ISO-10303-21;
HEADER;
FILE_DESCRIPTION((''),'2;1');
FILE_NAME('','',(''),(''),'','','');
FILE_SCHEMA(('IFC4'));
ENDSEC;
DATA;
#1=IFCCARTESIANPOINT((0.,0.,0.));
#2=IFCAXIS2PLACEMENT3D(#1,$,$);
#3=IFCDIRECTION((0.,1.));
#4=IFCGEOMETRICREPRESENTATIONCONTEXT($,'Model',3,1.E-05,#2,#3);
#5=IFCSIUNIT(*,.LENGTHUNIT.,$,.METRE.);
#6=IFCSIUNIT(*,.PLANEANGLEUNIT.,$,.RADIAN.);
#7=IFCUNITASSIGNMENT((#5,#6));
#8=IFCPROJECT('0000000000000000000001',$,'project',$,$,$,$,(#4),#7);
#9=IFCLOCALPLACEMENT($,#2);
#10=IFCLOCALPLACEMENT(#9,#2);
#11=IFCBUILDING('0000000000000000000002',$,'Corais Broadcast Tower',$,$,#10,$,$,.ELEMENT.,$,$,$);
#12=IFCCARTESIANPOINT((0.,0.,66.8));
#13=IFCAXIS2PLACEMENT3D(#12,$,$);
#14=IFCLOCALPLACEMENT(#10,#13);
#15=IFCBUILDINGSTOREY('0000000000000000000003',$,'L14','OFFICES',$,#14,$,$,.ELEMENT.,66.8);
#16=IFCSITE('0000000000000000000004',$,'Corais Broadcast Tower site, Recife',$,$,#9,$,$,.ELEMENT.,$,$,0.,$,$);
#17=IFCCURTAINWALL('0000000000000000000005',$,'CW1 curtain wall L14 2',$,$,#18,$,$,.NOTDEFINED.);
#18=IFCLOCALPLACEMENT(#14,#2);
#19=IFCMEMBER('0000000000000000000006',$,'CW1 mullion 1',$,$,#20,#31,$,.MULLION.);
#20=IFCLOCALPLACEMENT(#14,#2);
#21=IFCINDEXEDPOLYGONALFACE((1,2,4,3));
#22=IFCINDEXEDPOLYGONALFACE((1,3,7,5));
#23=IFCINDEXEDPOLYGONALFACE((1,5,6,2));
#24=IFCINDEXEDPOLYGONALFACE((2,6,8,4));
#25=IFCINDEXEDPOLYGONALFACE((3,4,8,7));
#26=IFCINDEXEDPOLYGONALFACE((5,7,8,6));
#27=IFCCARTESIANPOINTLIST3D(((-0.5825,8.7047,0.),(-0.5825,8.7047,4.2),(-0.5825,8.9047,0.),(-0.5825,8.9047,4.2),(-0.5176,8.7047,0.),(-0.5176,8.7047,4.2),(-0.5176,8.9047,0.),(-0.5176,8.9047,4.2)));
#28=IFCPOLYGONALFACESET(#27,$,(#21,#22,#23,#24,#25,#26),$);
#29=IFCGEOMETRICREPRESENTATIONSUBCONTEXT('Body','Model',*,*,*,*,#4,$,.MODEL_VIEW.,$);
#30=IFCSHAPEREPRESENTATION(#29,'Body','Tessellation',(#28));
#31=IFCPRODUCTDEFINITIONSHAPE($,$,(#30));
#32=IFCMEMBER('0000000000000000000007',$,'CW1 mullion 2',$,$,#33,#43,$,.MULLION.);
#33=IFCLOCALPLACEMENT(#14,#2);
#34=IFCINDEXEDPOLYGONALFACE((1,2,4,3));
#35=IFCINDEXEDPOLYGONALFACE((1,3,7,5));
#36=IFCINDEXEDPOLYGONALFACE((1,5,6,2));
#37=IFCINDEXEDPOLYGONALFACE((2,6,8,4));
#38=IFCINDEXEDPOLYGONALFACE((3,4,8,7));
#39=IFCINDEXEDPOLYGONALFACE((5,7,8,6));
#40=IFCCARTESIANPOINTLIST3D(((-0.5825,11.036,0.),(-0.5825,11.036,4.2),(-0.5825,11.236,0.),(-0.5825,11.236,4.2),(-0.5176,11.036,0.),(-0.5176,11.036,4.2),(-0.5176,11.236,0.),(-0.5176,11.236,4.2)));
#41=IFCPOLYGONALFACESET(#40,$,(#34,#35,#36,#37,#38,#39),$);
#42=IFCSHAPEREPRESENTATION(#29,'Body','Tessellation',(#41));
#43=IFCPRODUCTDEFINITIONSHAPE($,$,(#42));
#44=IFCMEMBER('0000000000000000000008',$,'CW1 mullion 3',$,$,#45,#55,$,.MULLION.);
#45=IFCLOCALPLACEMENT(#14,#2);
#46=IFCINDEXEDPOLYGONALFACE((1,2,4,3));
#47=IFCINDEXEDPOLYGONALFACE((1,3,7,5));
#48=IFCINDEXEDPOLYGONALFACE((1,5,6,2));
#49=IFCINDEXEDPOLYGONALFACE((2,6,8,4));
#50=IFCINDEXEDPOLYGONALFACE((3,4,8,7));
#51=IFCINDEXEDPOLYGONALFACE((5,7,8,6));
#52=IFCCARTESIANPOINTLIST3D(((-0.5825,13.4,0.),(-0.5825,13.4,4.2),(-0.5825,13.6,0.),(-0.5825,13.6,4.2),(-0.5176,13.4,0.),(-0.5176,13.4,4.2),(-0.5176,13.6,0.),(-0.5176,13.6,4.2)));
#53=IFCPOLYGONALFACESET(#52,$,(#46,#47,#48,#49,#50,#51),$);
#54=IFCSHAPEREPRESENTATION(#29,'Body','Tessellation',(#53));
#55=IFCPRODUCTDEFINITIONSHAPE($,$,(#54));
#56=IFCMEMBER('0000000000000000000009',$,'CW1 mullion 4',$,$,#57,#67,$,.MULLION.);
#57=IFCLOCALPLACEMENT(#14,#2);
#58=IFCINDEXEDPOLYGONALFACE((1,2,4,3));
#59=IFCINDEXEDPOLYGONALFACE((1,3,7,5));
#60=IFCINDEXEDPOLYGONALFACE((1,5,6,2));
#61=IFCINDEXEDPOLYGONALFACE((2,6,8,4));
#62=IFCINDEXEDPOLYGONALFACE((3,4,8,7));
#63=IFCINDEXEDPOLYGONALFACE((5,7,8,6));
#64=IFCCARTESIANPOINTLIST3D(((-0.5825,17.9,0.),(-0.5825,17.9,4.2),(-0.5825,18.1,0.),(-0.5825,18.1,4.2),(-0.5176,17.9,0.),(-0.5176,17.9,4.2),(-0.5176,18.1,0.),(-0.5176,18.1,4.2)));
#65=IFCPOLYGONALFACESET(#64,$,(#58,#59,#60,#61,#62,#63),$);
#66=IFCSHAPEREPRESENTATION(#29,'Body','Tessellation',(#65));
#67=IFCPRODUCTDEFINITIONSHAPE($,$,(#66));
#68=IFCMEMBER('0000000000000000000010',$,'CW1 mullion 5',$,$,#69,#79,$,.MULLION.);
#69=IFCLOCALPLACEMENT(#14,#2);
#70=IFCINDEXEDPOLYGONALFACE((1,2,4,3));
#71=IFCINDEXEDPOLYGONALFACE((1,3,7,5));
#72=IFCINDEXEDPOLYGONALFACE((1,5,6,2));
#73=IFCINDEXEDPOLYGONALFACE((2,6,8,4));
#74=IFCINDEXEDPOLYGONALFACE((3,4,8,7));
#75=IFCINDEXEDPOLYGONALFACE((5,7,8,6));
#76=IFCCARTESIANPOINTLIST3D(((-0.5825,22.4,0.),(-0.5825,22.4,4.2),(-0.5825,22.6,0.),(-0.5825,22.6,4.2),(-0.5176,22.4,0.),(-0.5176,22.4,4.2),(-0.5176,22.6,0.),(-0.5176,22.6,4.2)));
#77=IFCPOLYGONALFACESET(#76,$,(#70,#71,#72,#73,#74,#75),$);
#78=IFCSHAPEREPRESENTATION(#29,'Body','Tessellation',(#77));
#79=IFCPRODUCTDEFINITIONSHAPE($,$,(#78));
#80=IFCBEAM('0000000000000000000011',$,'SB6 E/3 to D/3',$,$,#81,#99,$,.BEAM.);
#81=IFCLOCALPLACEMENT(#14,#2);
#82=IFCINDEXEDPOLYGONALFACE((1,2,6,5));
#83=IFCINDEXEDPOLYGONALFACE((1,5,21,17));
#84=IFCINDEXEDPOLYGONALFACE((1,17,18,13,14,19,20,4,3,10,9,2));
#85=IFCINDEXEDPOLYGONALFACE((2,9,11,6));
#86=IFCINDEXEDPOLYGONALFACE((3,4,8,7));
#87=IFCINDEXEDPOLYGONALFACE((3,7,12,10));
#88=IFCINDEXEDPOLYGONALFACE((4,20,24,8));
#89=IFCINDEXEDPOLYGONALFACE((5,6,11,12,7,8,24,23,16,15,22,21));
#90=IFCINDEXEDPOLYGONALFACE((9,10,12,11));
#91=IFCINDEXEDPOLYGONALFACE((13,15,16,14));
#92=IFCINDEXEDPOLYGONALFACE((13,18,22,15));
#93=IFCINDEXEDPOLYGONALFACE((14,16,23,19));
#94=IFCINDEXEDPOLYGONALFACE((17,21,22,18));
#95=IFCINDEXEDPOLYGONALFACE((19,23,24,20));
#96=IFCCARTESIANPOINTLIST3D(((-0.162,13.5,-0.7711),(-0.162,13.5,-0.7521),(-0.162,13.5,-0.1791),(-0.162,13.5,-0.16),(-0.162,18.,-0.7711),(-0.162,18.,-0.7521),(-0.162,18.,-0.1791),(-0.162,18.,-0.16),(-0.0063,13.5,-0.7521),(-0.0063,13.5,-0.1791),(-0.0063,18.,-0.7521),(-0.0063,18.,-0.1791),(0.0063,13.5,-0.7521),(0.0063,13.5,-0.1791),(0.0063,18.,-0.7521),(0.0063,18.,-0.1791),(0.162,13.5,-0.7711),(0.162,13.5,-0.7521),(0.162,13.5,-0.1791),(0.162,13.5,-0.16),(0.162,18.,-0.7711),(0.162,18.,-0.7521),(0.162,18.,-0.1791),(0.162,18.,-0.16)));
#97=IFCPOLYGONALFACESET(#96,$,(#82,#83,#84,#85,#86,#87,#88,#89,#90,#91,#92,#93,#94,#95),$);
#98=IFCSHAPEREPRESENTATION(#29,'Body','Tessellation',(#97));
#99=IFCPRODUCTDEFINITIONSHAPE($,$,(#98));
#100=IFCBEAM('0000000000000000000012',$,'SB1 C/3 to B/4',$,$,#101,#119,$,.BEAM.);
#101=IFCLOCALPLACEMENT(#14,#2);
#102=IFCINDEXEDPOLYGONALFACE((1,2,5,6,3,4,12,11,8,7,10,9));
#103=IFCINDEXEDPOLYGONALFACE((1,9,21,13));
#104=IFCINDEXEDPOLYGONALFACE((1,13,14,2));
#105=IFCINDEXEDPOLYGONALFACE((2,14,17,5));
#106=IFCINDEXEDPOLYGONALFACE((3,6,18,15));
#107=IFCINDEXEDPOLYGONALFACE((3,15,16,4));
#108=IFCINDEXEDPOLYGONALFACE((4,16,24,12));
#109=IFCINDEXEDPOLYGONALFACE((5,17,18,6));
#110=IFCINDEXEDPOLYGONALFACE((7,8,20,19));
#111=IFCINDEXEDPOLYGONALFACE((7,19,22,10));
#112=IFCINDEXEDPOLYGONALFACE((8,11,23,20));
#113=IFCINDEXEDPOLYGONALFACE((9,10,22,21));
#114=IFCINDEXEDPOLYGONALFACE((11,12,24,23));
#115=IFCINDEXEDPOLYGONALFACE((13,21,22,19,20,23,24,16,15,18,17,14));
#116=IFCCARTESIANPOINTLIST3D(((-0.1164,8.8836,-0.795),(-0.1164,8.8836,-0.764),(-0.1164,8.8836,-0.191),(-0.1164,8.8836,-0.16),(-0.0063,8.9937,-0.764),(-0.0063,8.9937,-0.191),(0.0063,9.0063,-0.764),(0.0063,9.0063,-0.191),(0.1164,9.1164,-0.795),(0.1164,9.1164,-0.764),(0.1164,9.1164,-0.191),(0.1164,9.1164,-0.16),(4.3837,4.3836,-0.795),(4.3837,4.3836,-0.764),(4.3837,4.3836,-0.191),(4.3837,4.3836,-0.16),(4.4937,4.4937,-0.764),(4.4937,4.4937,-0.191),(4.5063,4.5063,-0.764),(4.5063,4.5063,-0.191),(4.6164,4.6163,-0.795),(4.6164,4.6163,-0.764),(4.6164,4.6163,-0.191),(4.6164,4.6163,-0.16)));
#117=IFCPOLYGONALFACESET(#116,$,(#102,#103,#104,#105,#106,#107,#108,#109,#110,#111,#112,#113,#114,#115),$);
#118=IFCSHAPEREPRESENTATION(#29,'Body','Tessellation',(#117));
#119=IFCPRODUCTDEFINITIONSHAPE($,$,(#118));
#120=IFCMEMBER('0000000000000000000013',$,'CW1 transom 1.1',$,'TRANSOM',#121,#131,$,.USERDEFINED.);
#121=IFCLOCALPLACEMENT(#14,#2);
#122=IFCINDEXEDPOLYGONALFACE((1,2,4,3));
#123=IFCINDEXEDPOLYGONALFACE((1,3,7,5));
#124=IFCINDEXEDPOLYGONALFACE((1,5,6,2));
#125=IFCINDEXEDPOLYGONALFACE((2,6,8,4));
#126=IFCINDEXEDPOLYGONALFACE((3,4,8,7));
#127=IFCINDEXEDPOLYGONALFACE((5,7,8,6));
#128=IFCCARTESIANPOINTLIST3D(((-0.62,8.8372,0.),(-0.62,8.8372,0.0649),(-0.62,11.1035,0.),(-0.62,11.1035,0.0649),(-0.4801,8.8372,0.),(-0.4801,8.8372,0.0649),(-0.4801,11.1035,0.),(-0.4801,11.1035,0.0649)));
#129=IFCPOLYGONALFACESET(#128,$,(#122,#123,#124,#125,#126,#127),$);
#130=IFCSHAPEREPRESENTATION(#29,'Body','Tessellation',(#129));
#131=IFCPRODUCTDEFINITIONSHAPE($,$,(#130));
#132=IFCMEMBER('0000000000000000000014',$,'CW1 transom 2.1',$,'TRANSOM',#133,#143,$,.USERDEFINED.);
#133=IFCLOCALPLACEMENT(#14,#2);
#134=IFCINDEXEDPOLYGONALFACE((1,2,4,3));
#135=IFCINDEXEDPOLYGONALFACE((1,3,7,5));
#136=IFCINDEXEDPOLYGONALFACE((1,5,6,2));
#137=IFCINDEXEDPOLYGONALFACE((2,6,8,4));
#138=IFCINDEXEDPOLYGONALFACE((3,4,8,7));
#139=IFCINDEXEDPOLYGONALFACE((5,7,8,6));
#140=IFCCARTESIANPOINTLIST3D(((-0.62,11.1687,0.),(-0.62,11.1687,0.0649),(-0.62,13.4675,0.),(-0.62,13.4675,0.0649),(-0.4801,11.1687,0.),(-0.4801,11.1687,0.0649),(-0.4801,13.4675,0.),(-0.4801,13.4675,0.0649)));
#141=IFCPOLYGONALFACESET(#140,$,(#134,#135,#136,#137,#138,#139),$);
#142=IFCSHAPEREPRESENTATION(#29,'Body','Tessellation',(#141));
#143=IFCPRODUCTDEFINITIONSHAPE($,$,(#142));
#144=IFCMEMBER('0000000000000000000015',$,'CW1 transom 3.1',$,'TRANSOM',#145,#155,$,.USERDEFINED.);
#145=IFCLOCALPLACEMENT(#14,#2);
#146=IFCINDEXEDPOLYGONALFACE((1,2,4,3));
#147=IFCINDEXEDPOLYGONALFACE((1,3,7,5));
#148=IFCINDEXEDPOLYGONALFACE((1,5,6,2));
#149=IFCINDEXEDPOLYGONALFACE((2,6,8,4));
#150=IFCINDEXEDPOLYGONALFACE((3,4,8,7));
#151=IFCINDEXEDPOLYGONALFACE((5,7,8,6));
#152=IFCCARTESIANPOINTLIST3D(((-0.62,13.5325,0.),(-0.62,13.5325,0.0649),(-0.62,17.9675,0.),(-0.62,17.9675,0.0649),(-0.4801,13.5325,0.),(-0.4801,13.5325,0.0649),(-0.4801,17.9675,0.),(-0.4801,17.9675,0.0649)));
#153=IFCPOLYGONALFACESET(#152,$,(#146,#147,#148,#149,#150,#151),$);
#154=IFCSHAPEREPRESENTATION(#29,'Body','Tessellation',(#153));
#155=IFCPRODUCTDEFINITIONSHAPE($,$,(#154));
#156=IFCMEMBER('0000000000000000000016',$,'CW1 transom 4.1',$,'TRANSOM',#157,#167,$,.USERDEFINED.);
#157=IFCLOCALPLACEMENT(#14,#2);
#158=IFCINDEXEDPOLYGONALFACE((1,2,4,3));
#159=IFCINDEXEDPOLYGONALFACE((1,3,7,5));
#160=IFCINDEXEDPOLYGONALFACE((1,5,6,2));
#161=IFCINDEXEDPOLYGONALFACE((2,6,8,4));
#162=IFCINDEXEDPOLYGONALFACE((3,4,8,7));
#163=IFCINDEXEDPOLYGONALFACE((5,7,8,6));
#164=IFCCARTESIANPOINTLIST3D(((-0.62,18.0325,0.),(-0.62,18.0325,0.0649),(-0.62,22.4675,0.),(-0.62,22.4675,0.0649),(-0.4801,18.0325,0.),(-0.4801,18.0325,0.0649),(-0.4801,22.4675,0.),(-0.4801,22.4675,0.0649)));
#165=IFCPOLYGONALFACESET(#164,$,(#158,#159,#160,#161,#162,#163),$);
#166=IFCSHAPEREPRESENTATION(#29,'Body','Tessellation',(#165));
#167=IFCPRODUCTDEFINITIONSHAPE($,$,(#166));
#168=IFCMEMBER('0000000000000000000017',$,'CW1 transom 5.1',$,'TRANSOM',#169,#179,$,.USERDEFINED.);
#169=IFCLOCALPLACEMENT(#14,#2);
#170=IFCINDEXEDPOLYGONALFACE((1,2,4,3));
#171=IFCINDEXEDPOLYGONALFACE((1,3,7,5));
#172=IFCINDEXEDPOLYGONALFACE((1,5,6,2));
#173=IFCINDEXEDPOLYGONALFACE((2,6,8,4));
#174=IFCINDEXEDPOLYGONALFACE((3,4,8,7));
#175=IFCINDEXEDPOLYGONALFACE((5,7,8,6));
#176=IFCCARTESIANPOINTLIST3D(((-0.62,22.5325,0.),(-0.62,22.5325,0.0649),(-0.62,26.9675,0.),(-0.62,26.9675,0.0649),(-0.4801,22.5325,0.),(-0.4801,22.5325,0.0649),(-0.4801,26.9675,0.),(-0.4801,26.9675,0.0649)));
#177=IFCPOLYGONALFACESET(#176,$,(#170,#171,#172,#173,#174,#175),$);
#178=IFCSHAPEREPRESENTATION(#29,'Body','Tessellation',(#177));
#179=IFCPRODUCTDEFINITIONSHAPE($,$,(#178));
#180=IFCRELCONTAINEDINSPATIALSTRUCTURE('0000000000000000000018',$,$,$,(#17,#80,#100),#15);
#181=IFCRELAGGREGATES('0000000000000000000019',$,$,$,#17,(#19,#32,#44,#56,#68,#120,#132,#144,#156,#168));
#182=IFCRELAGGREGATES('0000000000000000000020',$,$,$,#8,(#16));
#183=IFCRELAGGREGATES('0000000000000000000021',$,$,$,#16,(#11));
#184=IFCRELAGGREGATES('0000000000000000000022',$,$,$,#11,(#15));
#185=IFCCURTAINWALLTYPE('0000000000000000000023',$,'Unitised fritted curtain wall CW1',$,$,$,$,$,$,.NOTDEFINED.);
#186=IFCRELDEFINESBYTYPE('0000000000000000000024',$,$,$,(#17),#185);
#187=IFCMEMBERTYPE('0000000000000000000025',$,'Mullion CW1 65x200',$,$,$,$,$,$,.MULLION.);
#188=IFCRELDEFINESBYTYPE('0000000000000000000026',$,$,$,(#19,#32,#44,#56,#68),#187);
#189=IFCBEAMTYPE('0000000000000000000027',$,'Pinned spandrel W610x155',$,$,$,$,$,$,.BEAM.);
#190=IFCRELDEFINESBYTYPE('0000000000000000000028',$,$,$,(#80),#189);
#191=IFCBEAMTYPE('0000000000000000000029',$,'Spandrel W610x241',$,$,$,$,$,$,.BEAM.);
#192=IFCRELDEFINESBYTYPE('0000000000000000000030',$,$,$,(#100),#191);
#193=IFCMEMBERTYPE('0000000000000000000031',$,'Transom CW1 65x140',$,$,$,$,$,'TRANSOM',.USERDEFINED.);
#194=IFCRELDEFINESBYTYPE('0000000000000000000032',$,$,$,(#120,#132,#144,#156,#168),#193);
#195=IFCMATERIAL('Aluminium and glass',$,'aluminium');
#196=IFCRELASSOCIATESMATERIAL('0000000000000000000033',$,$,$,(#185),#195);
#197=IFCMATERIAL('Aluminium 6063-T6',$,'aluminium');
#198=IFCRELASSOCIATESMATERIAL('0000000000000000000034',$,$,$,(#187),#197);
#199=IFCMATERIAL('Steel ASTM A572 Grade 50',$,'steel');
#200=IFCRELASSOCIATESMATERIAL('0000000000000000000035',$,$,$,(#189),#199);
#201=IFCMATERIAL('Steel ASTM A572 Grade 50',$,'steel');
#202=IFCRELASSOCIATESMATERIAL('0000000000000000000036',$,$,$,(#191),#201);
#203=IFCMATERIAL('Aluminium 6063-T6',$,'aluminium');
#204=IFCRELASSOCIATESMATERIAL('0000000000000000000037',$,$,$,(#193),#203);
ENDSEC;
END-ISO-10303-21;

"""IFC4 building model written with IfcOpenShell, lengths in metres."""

from ifc_helpers import new_model, si_unit, direction, frame, origin, origin_2d, place, context, subcontext, project, spatial, rectangle, i_section, extrude, material, material_profile, profile_set, type_object, element, aggregate, save


model = new_model("IFC4")

# Units and contexts
model_context = context("Model", 3, precision=1e-05, world=origin(), true_north=direction((0.0, 1.0)))
body_context = subcontext(model_context, "Body", "Model", "MODEL_VIEW")
ifc_project = project(units=[si_unit("LENGTHUNIT", "METRE"), si_unit("PLANEANGLEUNIT", "RADIAN")], contexts=[model_context])

# Site, building, storey
site_placement = place(None, origin())
site = spatial("IfcSite", under=ifc_project, at=site_placement, Name="Corais Broadcast Tower site, Recife", CompositionType="ELEMENT", RefElevation=0.0)
building_placement = place(site_placement, origin())
building = spatial("IfcBuilding", under=site, at=building_placement, Name="Corais Broadcast Tower", CompositionType="ELEMENT")
storey_placement = place(building_placement, frame((0.0, 0.0, 66.8)))
storey = spatial("IfcBuildingStorey", under=building, at=storey_placement, Name="L14", Description="OFFICES", CompositionType="ELEMENT", Elevation=66.8)

# Shared definitions
ifc_material_1 = material(Name="Aluminium and glass", Category="aluminium")
curtain_wall_type = type_object("IfcCurtainWallType", Name="Unitised fritted curtain wall CW1", PredefinedType="NOTDEFINED", material=ifc_material_1)
ifc_material_2 = material(Name="Aluminium 6063-T6", Category="aluminium")
ifc_material_profile_1 = material_profile(ifc_material_2, rectangle(XDim=0.0649, YDim=0.2, at=origin_2d()), Name="Mullion CW1 65x200")
ifc_profile_set_1 = profile_set([ifc_material_profile_1], Name="Aluminium 6063-T6")
member_type_1 = type_object("IfcMemberType", Name="Mullion CW1 65x200", PredefinedType="MULLION", material=ifc_profile_set_1)

# Curtain wall, members
curtain_wall_1_placement = place(storey_placement, origin())
curtain_wall_1 = element("IfcCurtainWall", 1, at=curtain_wall_1_placement, inside=storey, type_object=curtain_wall_type, Name="CW1 curtain wall L14 2", PredefinedType="NOTDEFINED")
member_1_placement = place(storey_placement, frame((-0.55, 8.8047, 0.0), z_axis=(0.0, 0.0, 1.0), x_axis=(-1.0, 0.0, 0.0)))
member_1 = element("IfcMember", 2, at=member_1_placement, type_object=member_type_1, Name="CW1 mullion 1", PredefinedType="MULLION", context=body_context, shape_type="SweptSolid", body=[
    extrude(rectangle(XDim=0.0649, YDim=0.2, at=origin_2d()), origin(), (0.0, 0.0, 1.0), 4.2),
])
member_2_placement = place(storey_placement, frame((-0.55, 11.136, 0.0), z_axis=(0.0, 0.0, 1.0), x_axis=(-1.0, 0.0, 0.0)))
member_2 = element("IfcMember", 3, at=member_2_placement, type_object=member_type_1, Name="CW1 mullion 2", PredefinedType="MULLION", context=body_context, shape_type="SweptSolid", body=[
    extrude(rectangle(XDim=0.0649, YDim=0.2, at=origin_2d()), origin(), (0.0, 0.0, 1.0), 4.2),
])
member_3_placement = place(storey_placement, frame((-0.55, 13.5, 0.0), z_axis=(0.0, 0.0, 1.0), x_axis=(-1.0, 0.0, 0.0)))
member_3 = element("IfcMember", 4, at=member_3_placement, type_object=member_type_1, Name="CW1 mullion 3", PredefinedType="MULLION", context=body_context, shape_type="SweptSolid", body=[
    extrude(rectangle(XDim=0.0649, YDim=0.2, at=origin_2d()), origin(), (0.0, 0.0, 1.0), 4.2),
])
member_4_placement = place(storey_placement, frame((-0.55, 18.0, 0.0), z_axis=(0.0, 0.0, 1.0), x_axis=(-1.0, 0.0, 0.0)))
member_4 = element("IfcMember", 5, at=member_4_placement, type_object=member_type_1, Name="CW1 mullion 4", PredefinedType="MULLION", context=body_context, shape_type="SweptSolid", body=[
    extrude(rectangle(XDim=0.0649, YDim=0.2, at=origin_2d()), origin(), (0.0, 0.0, 1.0), 4.2),
])
member_5_placement = place(storey_placement, frame((-0.55, 22.5, 0.0), z_axis=(0.0, 0.0, 1.0), x_axis=(-1.0, 0.0, 0.0)))
member_5 = element("IfcMember", 6, at=member_5_placement, type_object=member_type_1, Name="CW1 mullion 5", PredefinedType="MULLION", context=body_context, shape_type="SweptSolid", body=[
    extrude(rectangle(XDim=0.0649, YDim=0.2, at=origin_2d()), origin(), (0.0, 0.0, 1.0), 4.2),
])

# Beams
ifc_material_3 = material(Name="Steel ASTM A572 Grade 50", Category="steel")
ifc_material_profile_2 = material_profile(ifc_material_3, i_section(OverallWidth=0.324, OverallDepth=0.6111, WebThickness=0.0127, FlangeThickness=0.019, at=origin_2d()), Name="W610x155")
ifc_profile_set_2 = profile_set([ifc_material_profile_2], Name="Steel ASTM A572 Grade 50")
beam_type_1 = type_object("IfcBeamType", Name="Pinned spandrel W610x155", PredefinedType="BEAM", material=ifc_profile_set_2)
beam_1_placement = place(storey_placement, frame((0.0, 18.0, -0.4656), z_axis=(0.0, -1.0, 0.0), x_axis=(1.0, 0.0, 0.0)))
element("IfcBeam", 7, at=beam_1_placement, inside=storey, type_object=beam_type_1, Name="SB6 E/3 to D/3", PredefinedType="BEAM", context=body_context, shape_type="SweptSolid", body=[
    extrude(i_section(OverallWidth=0.324, OverallDepth=0.6111, WebThickness=0.0127, FlangeThickness=0.019, at=origin_2d()), origin(), (0.0, 0.0, 1.0), 4.5),
])
ifc_material_4 = material(Name="Steel ASTM A572 Grade 50", Category="steel")
ifc_material_profile_3 = material_profile(ifc_material_4, i_section(OverallWidth=0.3291, OverallDepth=0.635, WebThickness=0.0178, FlangeThickness=0.031, at=origin_2d()), Name="W610x241")
ifc_profile_set_3 = profile_set([ifc_material_profile_3], Name="Steel ASTM A572 Grade 50")
beam_type_2 = type_object("IfcBeamType", Name="Spandrel W610x241", PredefinedType="BEAM", material=ifc_profile_set_3)
beam_2_placement = place(storey_placement, frame((0.0, 9.0, -0.4775), z_axis=(0.707107, -0.707107, 0.0), x_axis=(0.707107, 0.707107, 0.0)))
element("IfcBeam", 8, at=beam_2_placement, inside=storey, type_object=beam_type_2, Name="SB1 C/3 to B/4", PredefinedType="BEAM", context=body_context, shape_type="SweptSolid", body=[
    extrude(i_section(OverallWidth=0.3291, OverallDepth=0.635, WebThickness=0.0178, FlangeThickness=0.031, at=origin_2d()), origin(), (0.0, 0.0, 1.0), 6.364),
])

# Members
ifc_material_5 = material(Name="Aluminium 6063-T6", Category="aluminium")
ifc_material_profile_4 = material_profile(ifc_material_5, rectangle(XDim=0.1399, YDim=0.0649, at=origin_2d()), Name="Transom CW1 65x140")
ifc_profile_set_4 = profile_set([ifc_material_profile_4], Name="Aluminium 6063-T6")
member_type_2 = type_object("IfcMemberType", Name="Transom CW1 65x140", ElementType="TRANSOM", PredefinedType="USERDEFINED", material=ifc_profile_set_4)
member_6_placement = place(storey_placement, frame((-0.55, 8.8372, 0.0325), z_axis=(0.0, 1.0, 0.0), x_axis=(-1.0, 0.0, 0.0)))
member_6 = element("IfcMember", 9, at=member_6_placement, type_object=member_type_2, Name="CW1 transom 1.1", ObjectType="TRANSOM", PredefinedType="USERDEFINED", context=body_context, shape_type="SweptSolid", body=[
    extrude(rectangle(XDim=0.1399, YDim=0.0649, at=origin_2d()), origin(), (0.0, 0.0, 1.0), 2.2664),
])
member_7_placement = place(storey_placement, frame((-0.55, 11.1687, 0.0325), z_axis=(0.0, 1.0, 0.0), x_axis=(-1.0, 0.0, 0.0)))
member_7 = element("IfcMember", 10, at=member_7_placement, type_object=member_type_2, Name="CW1 transom 2.1", ObjectType="TRANSOM", PredefinedType="USERDEFINED", context=body_context, shape_type="SweptSolid", body=[
    extrude(rectangle(XDim=0.1399, YDim=0.0649, at=origin_2d()), origin(), (0.0, 0.0, 1.0), 2.2988),
])
member_8_placement = place(storey_placement, frame((-0.55, 13.5325, 0.0325), z_axis=(0.0, 1.0, 0.0), x_axis=(-1.0, 0.0, 0.0)))
member_8 = element("IfcMember", 11, at=member_8_placement, type_object=member_type_2, Name="CW1 transom 3.1", ObjectType="TRANSOM", PredefinedType="USERDEFINED", context=body_context, shape_type="SweptSolid", body=[
    extrude(rectangle(XDim=0.1399, YDim=0.0649, at=origin_2d()), origin(), (0.0, 0.0, 1.0), 4.4351),
])
member_9_placement = place(storey_placement, frame((-0.55, 18.0325, 0.0325), z_axis=(0.0, 1.0, 0.0), x_axis=(-1.0, 0.0, 0.0)))
member_9 = element("IfcMember", 12, at=member_9_placement, type_object=member_type_2, Name="CW1 transom 4.1", ObjectType="TRANSOM", PredefinedType="USERDEFINED", context=body_context, shape_type="SweptSolid", body=[
    extrude(rectangle(XDim=0.1399, YDim=0.0649, at=origin_2d()), origin(), (0.0, 0.0, 1.0), 4.4351),
])
member_10_placement = place(storey_placement, frame((-0.55, 22.5325, 0.0325), z_axis=(0.0, 1.0, 0.0), x_axis=(-1.0, 0.0, 0.0)))
member_10 = element("IfcMember", 13, at=member_10_placement, type_object=member_type_2, Name="CW1 transom 5.1", ObjectType="TRANSOM", PredefinedType="USERDEFINED", context=body_context, shape_type="SweptSolid", body=[
    extrude(rectangle(XDim=0.1399, YDim=0.0649, at=origin_2d()), origin(), (0.0, 0.0, 1.0), 4.4351),
])

aggregate(curtain_wall_1, [member_1, member_2, member_3, member_4, member_5, member_6, member_7, member_8, member_9, member_10])

save(model, "model.ifc")
